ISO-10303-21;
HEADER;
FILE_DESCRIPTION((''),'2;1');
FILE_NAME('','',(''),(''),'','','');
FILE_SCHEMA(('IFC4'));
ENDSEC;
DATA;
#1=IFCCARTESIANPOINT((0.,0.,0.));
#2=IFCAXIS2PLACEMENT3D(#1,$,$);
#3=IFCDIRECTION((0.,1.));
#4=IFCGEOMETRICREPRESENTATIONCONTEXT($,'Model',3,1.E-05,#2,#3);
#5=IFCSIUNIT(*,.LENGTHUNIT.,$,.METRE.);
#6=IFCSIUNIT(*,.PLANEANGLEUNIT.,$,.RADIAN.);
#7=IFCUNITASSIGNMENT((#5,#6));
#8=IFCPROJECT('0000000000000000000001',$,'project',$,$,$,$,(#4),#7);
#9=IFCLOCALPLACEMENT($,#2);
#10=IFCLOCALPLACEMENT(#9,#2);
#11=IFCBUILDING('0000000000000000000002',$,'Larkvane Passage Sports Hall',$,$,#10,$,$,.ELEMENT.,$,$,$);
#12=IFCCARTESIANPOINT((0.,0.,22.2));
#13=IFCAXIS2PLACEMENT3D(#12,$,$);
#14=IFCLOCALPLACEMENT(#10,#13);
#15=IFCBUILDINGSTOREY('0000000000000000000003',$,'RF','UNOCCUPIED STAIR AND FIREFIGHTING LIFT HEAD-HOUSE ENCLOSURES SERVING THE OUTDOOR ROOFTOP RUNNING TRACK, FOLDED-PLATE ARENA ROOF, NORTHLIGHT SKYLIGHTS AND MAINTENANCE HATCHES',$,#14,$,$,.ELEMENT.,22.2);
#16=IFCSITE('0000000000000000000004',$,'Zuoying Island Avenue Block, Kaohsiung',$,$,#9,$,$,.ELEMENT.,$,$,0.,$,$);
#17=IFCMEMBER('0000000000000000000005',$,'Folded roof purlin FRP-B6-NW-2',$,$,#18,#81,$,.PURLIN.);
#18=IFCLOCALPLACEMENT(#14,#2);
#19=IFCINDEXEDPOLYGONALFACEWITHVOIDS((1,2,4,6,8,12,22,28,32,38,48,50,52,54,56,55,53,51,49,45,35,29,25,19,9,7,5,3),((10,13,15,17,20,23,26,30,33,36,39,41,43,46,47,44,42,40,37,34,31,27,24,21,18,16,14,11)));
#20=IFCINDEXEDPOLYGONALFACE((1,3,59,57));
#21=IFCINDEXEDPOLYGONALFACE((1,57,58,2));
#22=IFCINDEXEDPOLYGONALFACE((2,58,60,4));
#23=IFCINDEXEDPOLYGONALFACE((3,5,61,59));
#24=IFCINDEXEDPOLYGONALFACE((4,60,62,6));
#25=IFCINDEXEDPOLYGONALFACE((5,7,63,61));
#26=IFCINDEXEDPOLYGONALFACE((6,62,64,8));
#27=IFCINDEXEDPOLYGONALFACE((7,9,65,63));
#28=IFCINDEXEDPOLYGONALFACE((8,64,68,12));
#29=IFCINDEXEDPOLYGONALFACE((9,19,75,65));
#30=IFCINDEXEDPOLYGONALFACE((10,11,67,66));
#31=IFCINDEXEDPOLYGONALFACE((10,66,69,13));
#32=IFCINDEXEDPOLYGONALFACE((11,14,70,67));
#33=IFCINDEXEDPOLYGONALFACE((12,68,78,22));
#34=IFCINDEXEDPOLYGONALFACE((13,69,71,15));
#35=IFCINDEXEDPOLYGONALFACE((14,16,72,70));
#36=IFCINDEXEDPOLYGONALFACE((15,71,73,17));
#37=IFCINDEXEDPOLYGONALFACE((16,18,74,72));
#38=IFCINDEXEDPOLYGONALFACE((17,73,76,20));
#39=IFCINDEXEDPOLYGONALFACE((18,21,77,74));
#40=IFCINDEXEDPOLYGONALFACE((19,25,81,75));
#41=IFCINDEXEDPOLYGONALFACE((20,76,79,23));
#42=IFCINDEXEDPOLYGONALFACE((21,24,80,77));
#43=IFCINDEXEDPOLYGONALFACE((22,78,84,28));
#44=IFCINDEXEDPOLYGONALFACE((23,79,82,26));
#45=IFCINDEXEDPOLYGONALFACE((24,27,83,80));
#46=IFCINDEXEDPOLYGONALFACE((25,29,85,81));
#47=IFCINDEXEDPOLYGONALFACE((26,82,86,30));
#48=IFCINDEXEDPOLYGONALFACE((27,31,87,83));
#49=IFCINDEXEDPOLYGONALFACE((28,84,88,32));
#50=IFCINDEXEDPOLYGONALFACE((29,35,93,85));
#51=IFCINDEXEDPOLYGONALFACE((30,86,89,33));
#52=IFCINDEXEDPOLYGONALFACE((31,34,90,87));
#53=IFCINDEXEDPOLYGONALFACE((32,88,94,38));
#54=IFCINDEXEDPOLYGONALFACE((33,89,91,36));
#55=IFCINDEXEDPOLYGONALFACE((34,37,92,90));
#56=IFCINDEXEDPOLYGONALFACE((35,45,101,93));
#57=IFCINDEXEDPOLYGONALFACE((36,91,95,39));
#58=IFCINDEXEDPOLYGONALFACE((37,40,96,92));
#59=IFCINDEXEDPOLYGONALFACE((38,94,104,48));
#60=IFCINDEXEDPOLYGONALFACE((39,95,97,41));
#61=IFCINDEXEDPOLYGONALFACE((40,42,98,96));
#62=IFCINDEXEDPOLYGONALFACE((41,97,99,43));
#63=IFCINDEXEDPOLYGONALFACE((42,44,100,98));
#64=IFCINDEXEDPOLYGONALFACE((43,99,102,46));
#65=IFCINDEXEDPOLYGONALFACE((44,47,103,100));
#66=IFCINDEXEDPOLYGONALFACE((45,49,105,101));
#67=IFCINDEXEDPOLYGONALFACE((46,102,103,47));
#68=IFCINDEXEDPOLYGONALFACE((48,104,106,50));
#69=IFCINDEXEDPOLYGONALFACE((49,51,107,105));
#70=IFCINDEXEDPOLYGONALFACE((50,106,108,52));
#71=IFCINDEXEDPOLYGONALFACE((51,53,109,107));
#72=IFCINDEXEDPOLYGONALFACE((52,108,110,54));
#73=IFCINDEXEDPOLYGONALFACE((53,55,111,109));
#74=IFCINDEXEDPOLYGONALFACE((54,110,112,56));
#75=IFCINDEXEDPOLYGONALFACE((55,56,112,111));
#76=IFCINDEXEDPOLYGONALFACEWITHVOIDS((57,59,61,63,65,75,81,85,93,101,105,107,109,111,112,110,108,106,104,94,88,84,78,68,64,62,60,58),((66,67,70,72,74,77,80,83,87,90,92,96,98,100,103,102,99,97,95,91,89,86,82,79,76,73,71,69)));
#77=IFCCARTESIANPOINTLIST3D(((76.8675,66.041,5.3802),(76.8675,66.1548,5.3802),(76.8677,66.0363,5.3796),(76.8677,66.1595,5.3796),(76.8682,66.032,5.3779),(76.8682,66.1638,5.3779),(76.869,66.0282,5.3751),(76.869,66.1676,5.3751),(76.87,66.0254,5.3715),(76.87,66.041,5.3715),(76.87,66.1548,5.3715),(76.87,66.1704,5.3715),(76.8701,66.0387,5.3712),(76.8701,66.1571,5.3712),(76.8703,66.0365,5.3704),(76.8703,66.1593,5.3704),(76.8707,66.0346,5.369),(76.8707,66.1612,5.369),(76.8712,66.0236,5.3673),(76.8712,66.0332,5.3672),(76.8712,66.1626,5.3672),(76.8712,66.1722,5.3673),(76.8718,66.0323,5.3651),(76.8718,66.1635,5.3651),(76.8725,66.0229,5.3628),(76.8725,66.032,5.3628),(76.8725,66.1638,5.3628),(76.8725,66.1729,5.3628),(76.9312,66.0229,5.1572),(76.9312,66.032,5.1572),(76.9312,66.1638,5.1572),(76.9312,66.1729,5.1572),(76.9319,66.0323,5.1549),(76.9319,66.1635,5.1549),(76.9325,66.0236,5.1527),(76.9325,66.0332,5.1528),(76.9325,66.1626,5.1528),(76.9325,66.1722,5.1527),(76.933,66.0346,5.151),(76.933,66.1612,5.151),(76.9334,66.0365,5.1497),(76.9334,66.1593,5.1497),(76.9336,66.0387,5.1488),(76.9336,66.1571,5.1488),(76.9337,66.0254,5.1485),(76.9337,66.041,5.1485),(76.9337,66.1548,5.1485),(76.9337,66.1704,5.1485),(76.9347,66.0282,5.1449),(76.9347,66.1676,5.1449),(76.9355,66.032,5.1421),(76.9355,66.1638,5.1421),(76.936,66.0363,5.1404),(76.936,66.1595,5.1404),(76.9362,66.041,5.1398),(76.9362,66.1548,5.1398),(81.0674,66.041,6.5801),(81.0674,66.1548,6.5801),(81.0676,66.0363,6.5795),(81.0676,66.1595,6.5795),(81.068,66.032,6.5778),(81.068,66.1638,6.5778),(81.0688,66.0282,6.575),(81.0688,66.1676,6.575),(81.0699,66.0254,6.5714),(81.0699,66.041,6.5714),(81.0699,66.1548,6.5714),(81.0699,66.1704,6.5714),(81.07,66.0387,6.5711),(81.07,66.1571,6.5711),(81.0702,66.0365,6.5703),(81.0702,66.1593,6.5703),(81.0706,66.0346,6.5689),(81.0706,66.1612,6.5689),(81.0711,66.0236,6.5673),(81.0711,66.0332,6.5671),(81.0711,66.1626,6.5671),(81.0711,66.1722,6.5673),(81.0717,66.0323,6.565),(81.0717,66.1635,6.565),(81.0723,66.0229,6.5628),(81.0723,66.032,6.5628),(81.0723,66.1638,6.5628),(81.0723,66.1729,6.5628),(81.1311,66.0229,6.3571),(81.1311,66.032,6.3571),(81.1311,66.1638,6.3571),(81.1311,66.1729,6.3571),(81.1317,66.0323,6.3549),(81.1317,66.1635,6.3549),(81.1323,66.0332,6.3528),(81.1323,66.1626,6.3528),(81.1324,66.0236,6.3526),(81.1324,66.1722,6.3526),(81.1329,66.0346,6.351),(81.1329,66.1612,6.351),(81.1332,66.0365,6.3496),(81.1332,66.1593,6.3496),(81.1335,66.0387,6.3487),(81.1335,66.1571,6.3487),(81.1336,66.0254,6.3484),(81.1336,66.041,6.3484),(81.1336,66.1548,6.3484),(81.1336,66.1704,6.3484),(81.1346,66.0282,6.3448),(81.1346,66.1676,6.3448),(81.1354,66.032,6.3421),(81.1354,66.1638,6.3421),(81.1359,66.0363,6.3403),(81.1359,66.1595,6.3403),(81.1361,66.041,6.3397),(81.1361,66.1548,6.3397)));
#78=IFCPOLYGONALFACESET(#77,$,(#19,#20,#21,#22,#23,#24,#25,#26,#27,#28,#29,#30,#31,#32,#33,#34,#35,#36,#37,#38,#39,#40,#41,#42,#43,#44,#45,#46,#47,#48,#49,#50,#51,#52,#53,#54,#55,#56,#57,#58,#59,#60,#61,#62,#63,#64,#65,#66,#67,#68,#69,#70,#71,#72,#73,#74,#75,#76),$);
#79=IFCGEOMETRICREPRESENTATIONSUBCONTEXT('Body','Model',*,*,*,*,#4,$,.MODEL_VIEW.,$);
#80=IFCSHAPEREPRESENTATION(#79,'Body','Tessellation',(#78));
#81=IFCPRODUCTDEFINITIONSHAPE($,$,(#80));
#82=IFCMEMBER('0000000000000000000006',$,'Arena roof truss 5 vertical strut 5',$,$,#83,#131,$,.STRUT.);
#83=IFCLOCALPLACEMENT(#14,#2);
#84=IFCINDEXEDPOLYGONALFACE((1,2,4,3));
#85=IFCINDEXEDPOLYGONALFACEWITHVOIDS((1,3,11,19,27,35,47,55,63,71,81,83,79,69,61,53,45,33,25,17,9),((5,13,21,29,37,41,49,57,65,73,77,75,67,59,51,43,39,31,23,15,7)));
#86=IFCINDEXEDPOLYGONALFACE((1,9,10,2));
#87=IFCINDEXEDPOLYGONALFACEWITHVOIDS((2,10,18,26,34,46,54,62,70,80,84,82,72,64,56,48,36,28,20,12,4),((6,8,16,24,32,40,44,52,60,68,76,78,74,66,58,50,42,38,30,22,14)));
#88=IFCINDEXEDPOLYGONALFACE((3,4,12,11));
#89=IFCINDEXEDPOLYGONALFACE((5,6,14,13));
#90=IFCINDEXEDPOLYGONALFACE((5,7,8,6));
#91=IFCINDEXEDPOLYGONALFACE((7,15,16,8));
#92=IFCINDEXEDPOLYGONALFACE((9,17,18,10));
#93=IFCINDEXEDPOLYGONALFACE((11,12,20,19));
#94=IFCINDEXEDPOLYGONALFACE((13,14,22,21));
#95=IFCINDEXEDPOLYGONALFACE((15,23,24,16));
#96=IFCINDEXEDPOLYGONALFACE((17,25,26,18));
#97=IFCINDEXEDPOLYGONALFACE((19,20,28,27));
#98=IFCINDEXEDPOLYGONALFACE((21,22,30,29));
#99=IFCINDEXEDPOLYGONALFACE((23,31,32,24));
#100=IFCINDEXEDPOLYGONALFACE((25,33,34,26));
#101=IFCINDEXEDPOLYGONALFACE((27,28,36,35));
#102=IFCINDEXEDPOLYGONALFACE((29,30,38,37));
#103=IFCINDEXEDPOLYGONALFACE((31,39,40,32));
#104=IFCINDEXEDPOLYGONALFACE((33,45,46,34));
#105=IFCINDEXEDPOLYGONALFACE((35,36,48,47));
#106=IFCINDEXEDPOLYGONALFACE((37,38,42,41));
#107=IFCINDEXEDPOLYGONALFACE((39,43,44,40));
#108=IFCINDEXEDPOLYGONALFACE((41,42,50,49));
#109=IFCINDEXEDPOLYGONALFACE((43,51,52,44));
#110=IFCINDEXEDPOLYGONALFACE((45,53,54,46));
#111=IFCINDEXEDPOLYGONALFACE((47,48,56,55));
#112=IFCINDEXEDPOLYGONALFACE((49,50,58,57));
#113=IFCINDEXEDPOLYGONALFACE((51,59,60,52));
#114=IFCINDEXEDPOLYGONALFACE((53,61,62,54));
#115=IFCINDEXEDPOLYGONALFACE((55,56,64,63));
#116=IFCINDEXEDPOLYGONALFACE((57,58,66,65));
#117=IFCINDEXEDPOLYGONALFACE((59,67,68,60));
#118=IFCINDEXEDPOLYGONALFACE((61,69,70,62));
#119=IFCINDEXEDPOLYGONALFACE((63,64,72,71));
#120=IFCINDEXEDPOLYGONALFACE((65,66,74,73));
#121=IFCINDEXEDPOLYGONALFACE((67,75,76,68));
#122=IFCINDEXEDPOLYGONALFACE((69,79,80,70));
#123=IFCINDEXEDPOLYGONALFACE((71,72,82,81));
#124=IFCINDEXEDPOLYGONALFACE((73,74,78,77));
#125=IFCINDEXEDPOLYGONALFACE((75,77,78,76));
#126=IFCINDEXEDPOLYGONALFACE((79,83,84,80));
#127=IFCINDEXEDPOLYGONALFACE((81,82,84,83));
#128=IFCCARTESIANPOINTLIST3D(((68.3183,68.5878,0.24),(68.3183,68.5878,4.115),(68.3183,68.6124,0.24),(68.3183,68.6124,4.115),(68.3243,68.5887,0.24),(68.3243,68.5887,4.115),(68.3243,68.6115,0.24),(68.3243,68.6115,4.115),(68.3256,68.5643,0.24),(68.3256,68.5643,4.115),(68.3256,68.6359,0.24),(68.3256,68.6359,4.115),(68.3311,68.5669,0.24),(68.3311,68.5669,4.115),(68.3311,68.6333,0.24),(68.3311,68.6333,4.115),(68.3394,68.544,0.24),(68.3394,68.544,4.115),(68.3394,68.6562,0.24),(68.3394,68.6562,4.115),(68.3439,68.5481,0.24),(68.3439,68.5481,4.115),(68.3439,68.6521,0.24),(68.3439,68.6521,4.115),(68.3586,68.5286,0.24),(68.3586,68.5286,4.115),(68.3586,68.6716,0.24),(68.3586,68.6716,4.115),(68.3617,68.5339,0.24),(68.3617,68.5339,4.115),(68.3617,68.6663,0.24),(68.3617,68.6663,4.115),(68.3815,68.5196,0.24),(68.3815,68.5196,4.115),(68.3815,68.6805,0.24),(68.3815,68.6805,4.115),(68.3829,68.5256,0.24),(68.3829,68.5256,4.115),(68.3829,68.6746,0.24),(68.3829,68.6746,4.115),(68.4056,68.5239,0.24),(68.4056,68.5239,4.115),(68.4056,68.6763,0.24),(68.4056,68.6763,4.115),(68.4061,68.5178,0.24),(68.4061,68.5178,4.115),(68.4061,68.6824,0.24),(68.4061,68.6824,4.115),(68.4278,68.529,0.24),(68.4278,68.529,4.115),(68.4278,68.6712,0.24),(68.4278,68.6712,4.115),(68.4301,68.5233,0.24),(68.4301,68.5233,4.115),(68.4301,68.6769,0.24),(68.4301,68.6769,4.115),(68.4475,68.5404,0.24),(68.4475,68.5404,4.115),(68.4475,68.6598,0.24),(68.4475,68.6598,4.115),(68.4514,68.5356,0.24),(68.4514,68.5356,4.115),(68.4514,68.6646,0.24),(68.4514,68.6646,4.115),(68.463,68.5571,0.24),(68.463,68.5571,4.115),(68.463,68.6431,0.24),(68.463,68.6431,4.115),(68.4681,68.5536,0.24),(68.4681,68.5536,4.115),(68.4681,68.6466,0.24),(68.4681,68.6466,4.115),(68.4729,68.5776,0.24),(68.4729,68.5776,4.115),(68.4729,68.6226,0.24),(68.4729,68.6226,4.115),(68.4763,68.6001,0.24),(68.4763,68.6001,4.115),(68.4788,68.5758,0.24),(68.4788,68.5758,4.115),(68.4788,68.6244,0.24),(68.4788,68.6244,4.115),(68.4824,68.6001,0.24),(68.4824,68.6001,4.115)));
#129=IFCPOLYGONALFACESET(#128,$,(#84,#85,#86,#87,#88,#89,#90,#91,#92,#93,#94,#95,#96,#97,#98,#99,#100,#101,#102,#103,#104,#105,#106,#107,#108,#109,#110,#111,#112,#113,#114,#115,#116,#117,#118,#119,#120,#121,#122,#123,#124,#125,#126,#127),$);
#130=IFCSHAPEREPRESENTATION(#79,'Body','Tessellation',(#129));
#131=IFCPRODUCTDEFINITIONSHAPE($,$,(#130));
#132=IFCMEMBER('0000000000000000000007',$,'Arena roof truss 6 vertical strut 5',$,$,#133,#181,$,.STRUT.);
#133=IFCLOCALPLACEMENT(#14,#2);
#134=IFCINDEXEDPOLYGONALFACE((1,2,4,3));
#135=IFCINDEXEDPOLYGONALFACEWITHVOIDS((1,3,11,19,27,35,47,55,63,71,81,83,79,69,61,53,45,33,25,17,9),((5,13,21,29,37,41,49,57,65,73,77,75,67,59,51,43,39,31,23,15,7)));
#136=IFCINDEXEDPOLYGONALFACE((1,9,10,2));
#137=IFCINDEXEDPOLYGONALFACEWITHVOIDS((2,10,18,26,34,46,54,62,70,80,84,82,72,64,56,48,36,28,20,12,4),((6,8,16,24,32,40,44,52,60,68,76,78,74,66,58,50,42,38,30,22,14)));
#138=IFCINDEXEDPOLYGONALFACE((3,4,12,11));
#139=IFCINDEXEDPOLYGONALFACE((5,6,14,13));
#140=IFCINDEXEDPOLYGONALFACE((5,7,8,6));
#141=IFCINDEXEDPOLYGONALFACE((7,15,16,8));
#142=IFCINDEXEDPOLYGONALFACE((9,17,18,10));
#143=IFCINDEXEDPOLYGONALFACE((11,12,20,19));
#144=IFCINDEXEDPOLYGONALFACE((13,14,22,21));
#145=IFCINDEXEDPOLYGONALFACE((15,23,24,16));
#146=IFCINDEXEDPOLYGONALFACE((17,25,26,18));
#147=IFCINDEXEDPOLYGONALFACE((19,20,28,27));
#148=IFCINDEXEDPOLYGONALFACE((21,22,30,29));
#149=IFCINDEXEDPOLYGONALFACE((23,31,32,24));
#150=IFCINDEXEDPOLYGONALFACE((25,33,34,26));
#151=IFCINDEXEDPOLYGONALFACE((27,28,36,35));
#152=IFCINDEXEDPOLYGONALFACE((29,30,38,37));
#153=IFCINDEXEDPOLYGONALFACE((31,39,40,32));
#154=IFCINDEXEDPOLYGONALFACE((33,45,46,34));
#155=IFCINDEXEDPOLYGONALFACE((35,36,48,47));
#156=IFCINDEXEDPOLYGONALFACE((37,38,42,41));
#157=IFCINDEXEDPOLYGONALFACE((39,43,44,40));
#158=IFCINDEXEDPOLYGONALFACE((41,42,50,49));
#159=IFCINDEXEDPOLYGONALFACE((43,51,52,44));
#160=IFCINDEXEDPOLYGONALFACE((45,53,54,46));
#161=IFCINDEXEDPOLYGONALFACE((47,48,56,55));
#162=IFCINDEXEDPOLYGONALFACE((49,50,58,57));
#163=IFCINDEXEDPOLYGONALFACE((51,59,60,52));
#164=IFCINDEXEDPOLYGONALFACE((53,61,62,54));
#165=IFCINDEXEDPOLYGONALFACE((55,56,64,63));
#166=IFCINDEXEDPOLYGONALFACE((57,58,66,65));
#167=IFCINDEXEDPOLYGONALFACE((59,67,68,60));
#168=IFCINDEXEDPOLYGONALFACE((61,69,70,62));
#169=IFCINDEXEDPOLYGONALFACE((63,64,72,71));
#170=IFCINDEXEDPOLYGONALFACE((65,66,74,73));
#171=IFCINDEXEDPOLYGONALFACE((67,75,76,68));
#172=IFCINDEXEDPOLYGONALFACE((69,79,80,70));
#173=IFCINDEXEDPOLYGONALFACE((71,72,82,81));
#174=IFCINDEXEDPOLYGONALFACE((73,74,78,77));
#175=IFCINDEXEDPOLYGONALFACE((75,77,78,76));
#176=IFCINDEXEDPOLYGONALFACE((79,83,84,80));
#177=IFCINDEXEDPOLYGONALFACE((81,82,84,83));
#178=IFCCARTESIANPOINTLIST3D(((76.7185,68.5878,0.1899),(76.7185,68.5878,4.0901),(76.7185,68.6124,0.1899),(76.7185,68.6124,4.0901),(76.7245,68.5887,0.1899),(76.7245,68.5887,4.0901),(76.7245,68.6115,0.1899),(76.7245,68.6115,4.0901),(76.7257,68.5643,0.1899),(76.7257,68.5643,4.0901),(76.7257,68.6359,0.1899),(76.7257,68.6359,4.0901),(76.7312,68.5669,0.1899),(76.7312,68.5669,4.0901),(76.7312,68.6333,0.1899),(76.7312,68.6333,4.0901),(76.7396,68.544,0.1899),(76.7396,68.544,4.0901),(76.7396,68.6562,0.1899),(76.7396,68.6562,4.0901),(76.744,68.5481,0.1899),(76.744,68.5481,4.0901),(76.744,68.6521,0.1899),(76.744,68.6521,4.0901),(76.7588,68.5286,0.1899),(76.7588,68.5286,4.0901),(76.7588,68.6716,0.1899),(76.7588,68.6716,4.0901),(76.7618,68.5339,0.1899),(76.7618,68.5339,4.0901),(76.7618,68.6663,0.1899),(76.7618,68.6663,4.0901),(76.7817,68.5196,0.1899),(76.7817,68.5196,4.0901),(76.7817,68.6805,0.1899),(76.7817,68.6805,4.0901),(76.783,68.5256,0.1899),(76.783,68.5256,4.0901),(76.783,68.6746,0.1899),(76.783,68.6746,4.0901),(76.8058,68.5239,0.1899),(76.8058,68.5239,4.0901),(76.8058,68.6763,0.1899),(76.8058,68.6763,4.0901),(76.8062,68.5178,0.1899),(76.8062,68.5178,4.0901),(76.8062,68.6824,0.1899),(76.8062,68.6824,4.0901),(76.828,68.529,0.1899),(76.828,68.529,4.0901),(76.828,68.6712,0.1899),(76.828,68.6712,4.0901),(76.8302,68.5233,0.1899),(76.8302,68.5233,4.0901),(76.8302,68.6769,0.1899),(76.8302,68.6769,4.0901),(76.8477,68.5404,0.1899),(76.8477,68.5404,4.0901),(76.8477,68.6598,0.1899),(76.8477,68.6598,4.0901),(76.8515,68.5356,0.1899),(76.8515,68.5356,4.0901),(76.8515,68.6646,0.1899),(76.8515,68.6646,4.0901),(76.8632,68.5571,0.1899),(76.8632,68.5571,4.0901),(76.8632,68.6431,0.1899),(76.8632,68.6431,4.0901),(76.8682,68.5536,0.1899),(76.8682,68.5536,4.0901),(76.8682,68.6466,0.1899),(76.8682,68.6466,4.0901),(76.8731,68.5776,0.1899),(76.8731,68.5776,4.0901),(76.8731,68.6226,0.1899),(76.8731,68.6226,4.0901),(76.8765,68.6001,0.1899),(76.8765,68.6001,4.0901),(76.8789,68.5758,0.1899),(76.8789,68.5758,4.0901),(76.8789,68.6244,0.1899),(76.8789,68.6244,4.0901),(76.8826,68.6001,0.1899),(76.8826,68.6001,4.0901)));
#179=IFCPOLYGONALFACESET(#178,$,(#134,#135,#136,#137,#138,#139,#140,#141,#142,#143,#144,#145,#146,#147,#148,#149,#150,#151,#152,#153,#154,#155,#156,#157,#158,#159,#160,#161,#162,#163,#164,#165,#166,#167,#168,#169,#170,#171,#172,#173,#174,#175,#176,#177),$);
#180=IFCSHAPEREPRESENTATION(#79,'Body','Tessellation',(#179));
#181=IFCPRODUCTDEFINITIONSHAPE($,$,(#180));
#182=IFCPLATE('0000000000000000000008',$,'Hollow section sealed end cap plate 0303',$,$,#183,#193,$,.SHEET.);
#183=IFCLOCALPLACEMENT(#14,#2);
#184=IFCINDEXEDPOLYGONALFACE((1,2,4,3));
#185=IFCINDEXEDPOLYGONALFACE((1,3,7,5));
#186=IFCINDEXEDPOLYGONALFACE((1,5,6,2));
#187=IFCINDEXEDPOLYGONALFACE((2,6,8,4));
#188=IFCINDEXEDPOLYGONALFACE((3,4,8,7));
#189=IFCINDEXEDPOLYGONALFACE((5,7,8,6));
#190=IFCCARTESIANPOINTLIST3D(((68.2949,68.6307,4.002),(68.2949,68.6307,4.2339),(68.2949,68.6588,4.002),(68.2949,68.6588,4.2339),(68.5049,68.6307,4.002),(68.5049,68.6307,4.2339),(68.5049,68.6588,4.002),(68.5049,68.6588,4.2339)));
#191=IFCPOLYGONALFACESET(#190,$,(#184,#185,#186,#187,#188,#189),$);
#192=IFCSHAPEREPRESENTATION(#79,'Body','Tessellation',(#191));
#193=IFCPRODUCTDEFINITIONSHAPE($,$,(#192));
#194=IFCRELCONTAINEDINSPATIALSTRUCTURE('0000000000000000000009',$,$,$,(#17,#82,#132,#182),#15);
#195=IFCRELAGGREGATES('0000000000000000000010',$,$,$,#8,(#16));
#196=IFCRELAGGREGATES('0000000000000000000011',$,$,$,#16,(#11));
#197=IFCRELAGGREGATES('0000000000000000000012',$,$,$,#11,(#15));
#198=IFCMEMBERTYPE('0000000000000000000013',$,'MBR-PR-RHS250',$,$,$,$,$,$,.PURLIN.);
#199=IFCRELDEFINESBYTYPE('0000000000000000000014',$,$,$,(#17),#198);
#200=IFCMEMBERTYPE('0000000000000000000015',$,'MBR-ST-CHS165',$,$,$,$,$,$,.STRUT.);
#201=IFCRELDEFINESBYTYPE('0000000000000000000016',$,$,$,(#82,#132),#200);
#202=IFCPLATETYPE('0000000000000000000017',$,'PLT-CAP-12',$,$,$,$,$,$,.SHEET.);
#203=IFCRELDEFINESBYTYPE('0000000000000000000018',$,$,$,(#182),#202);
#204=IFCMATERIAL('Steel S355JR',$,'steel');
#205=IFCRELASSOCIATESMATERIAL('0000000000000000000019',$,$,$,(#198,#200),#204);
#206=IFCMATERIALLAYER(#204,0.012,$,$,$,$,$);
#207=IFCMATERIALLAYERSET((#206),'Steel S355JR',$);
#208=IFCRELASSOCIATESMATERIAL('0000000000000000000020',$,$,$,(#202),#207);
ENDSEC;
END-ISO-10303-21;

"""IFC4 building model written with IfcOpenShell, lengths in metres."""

from ifc_helpers import new_model, si_unit, direction, frame, origin, origin_2d, place, context, subcontext, project, spatial, rectangle, hollow_rectangle, hollow_circle, extrude, material, layer, layer_set, material_profile, profile_set, type_object, element, save


model = new_model("IFC4")

# Units and contexts
model_context = context("Model", 3, precision=1e-05, world=origin(), true_north=direction((0.0, 1.0)))
body_context = subcontext(model_context, "Body", "Model", "MODEL_VIEW")
ifc_project = project(units=[si_unit("LENGTHUNIT", "METRE"), si_unit("PLANEANGLEUNIT", "RADIAN")], contexts=[model_context])

# Site, building, storey
site_placement = place(None, origin())
site = spatial("IfcSite", under=ifc_project, at=site_placement, Name="Zuoying Island Avenue Block, Kaohsiung", CompositionType="ELEMENT", RefElevation=0.0)
building_placement = place(site_placement, origin())
building = spatial("IfcBuilding", under=site, at=building_placement, Name="Larkvane Passage Sports Hall", CompositionType="ELEMENT")
storey_placement = place(building_placement, frame((0.0, 0.0, 22.2)))
storey = spatial("IfcBuildingStorey", under=building, at=storey_placement, Name="RF", Description="UNOCCUPIED STAIR AND FIREFIGHTING LIFT HEAD-HOUSE ENCLOSURES SERVING THE OUTDOOR ROOFTOP RUNNING TRACK, FOLDED-PLATE ARENA ROOF, NORTHLIGHT SKYLIGHTS AND MAINTENANCE HATCHES", CompositionType="ELEMENT", Elevation=22.2)

# Members
ifc_material_1 = material(Name="Steel S355JR", Category="steel")
ifc_material_profile_1 = material_profile(ifc_material_1, hollow_rectangle(XDim=0.1499, YDim=0.25, WallThickness=0.009, InnerFilletRadius=0.009, OuterFilletRadius=0.0181, at=origin_2d()), Name="RHS-250x150x9")
ifc_profile_set_1 = profile_set([ifc_material_profile_1], Name="Steel S355JR")
member_type_1 = type_object("IfcMemberType", Name="MBR-PR-RHS250", PredefinedType="PURLIN", material=ifc_profile_set_1)
member_1_placement = place(storey_placement, frame((76.9019, 66.0979, 5.26), z_axis=(0.961526, 0.0, 0.274714), x_axis=(0.0, 1.0, 0.0)))
element("IfcMember", 1, at=member_1_placement, inside=storey, type_object=member_type_1, Name="Folded roof purlin FRP-B6-NW-2", PredefinedType="PURLIN", context=body_context, shape_type="SweptSolid", body=[
    extrude(hollow_rectangle(XDim=0.1499, YDim=0.25, WallThickness=0.009, InnerFilletRadius=0.009, OuterFilletRadius=0.0181, at=origin_2d()), origin(), (0.0, 0.0, 1.0), 4.3679),
])
ifc_material_profile_2 = material_profile(ifc_material_1, hollow_circle(Radius=0.0825, WallThickness=0.0061, at=origin_2d()), Name="CHS-165.2x6.0")
ifc_profile_set_2 = profile_set([ifc_material_profile_2], Name="Steel S355JR")
member_type_2 = type_object("IfcMemberType", Name="MBR-ST-CHS165", PredefinedType="STRUT", material=ifc_profile_set_2)
member_2_placement = place(storey_placement, frame((68.3999, 68.6001, 0.24), z_axis=(0.0, 0.0, 1.0), x_axis=(1.0, 0.0, 0.0)))
element("IfcMember", 2, at=member_2_placement, inside=storey, type_object=member_type_2, Name="Arena roof truss 5 vertical strut 5", PredefinedType="STRUT", context=body_context, shape_type="SweptSolid", body=[
    extrude(hollow_circle(Radius=0.0825, WallThickness=0.0061, at=origin_2d()), origin(), (0.0, 0.0, 1.0), 3.875),
])
member_3_placement = place(storey_placement, frame((76.8, 68.6001, 0.1899), z_axis=(0.0, 0.0, 1.0), x_axis=(1.0, 0.0, 0.0)))
element("IfcMember", 3, at=member_3_placement, inside=storey, type_object=member_type_2, Name="Arena roof truss 6 vertical strut 5", PredefinedType="STRUT", context=body_context, shape_type="SweptSolid", body=[
    extrude(hollow_circle(Radius=0.0825, WallThickness=0.0061, at=origin_2d()), origin(), (0.0, 0.0, 1.0), 3.9001),
])

# Plate
ifc_layer_1 = layer(ifc_material_1, 0.012)
ifc_layer_set_1 = layer_set([ifc_layer_1], Name="Steel S355JR")
plate_type_1 = type_object("IfcPlateType", Name="PLT-CAP-12", PredefinedType="SHEET", material=ifc_layer_set_1)
plate_1_placement = place(storey_placement, frame((68.3999, 68.6448, 4.002), z_axis=(0.0, 0.0, 1.0), x_axis=(-1.0, 0.0, 0.0)))
element("IfcPlate", 4, at=plate_1_placement, inside=storey, type_object=plate_type_1, Name="Hollow section sealed end cap plate 0303", PredefinedType="SHEET", context=body_context, shape_type="SweptSolid", body=[
    extrude(rectangle(XDim=0.21, YDim=0.0281, at=origin_2d()), origin(), (0.0, 0.0, 1.0), 0.2319),
])

save(model, "model.ifc")
